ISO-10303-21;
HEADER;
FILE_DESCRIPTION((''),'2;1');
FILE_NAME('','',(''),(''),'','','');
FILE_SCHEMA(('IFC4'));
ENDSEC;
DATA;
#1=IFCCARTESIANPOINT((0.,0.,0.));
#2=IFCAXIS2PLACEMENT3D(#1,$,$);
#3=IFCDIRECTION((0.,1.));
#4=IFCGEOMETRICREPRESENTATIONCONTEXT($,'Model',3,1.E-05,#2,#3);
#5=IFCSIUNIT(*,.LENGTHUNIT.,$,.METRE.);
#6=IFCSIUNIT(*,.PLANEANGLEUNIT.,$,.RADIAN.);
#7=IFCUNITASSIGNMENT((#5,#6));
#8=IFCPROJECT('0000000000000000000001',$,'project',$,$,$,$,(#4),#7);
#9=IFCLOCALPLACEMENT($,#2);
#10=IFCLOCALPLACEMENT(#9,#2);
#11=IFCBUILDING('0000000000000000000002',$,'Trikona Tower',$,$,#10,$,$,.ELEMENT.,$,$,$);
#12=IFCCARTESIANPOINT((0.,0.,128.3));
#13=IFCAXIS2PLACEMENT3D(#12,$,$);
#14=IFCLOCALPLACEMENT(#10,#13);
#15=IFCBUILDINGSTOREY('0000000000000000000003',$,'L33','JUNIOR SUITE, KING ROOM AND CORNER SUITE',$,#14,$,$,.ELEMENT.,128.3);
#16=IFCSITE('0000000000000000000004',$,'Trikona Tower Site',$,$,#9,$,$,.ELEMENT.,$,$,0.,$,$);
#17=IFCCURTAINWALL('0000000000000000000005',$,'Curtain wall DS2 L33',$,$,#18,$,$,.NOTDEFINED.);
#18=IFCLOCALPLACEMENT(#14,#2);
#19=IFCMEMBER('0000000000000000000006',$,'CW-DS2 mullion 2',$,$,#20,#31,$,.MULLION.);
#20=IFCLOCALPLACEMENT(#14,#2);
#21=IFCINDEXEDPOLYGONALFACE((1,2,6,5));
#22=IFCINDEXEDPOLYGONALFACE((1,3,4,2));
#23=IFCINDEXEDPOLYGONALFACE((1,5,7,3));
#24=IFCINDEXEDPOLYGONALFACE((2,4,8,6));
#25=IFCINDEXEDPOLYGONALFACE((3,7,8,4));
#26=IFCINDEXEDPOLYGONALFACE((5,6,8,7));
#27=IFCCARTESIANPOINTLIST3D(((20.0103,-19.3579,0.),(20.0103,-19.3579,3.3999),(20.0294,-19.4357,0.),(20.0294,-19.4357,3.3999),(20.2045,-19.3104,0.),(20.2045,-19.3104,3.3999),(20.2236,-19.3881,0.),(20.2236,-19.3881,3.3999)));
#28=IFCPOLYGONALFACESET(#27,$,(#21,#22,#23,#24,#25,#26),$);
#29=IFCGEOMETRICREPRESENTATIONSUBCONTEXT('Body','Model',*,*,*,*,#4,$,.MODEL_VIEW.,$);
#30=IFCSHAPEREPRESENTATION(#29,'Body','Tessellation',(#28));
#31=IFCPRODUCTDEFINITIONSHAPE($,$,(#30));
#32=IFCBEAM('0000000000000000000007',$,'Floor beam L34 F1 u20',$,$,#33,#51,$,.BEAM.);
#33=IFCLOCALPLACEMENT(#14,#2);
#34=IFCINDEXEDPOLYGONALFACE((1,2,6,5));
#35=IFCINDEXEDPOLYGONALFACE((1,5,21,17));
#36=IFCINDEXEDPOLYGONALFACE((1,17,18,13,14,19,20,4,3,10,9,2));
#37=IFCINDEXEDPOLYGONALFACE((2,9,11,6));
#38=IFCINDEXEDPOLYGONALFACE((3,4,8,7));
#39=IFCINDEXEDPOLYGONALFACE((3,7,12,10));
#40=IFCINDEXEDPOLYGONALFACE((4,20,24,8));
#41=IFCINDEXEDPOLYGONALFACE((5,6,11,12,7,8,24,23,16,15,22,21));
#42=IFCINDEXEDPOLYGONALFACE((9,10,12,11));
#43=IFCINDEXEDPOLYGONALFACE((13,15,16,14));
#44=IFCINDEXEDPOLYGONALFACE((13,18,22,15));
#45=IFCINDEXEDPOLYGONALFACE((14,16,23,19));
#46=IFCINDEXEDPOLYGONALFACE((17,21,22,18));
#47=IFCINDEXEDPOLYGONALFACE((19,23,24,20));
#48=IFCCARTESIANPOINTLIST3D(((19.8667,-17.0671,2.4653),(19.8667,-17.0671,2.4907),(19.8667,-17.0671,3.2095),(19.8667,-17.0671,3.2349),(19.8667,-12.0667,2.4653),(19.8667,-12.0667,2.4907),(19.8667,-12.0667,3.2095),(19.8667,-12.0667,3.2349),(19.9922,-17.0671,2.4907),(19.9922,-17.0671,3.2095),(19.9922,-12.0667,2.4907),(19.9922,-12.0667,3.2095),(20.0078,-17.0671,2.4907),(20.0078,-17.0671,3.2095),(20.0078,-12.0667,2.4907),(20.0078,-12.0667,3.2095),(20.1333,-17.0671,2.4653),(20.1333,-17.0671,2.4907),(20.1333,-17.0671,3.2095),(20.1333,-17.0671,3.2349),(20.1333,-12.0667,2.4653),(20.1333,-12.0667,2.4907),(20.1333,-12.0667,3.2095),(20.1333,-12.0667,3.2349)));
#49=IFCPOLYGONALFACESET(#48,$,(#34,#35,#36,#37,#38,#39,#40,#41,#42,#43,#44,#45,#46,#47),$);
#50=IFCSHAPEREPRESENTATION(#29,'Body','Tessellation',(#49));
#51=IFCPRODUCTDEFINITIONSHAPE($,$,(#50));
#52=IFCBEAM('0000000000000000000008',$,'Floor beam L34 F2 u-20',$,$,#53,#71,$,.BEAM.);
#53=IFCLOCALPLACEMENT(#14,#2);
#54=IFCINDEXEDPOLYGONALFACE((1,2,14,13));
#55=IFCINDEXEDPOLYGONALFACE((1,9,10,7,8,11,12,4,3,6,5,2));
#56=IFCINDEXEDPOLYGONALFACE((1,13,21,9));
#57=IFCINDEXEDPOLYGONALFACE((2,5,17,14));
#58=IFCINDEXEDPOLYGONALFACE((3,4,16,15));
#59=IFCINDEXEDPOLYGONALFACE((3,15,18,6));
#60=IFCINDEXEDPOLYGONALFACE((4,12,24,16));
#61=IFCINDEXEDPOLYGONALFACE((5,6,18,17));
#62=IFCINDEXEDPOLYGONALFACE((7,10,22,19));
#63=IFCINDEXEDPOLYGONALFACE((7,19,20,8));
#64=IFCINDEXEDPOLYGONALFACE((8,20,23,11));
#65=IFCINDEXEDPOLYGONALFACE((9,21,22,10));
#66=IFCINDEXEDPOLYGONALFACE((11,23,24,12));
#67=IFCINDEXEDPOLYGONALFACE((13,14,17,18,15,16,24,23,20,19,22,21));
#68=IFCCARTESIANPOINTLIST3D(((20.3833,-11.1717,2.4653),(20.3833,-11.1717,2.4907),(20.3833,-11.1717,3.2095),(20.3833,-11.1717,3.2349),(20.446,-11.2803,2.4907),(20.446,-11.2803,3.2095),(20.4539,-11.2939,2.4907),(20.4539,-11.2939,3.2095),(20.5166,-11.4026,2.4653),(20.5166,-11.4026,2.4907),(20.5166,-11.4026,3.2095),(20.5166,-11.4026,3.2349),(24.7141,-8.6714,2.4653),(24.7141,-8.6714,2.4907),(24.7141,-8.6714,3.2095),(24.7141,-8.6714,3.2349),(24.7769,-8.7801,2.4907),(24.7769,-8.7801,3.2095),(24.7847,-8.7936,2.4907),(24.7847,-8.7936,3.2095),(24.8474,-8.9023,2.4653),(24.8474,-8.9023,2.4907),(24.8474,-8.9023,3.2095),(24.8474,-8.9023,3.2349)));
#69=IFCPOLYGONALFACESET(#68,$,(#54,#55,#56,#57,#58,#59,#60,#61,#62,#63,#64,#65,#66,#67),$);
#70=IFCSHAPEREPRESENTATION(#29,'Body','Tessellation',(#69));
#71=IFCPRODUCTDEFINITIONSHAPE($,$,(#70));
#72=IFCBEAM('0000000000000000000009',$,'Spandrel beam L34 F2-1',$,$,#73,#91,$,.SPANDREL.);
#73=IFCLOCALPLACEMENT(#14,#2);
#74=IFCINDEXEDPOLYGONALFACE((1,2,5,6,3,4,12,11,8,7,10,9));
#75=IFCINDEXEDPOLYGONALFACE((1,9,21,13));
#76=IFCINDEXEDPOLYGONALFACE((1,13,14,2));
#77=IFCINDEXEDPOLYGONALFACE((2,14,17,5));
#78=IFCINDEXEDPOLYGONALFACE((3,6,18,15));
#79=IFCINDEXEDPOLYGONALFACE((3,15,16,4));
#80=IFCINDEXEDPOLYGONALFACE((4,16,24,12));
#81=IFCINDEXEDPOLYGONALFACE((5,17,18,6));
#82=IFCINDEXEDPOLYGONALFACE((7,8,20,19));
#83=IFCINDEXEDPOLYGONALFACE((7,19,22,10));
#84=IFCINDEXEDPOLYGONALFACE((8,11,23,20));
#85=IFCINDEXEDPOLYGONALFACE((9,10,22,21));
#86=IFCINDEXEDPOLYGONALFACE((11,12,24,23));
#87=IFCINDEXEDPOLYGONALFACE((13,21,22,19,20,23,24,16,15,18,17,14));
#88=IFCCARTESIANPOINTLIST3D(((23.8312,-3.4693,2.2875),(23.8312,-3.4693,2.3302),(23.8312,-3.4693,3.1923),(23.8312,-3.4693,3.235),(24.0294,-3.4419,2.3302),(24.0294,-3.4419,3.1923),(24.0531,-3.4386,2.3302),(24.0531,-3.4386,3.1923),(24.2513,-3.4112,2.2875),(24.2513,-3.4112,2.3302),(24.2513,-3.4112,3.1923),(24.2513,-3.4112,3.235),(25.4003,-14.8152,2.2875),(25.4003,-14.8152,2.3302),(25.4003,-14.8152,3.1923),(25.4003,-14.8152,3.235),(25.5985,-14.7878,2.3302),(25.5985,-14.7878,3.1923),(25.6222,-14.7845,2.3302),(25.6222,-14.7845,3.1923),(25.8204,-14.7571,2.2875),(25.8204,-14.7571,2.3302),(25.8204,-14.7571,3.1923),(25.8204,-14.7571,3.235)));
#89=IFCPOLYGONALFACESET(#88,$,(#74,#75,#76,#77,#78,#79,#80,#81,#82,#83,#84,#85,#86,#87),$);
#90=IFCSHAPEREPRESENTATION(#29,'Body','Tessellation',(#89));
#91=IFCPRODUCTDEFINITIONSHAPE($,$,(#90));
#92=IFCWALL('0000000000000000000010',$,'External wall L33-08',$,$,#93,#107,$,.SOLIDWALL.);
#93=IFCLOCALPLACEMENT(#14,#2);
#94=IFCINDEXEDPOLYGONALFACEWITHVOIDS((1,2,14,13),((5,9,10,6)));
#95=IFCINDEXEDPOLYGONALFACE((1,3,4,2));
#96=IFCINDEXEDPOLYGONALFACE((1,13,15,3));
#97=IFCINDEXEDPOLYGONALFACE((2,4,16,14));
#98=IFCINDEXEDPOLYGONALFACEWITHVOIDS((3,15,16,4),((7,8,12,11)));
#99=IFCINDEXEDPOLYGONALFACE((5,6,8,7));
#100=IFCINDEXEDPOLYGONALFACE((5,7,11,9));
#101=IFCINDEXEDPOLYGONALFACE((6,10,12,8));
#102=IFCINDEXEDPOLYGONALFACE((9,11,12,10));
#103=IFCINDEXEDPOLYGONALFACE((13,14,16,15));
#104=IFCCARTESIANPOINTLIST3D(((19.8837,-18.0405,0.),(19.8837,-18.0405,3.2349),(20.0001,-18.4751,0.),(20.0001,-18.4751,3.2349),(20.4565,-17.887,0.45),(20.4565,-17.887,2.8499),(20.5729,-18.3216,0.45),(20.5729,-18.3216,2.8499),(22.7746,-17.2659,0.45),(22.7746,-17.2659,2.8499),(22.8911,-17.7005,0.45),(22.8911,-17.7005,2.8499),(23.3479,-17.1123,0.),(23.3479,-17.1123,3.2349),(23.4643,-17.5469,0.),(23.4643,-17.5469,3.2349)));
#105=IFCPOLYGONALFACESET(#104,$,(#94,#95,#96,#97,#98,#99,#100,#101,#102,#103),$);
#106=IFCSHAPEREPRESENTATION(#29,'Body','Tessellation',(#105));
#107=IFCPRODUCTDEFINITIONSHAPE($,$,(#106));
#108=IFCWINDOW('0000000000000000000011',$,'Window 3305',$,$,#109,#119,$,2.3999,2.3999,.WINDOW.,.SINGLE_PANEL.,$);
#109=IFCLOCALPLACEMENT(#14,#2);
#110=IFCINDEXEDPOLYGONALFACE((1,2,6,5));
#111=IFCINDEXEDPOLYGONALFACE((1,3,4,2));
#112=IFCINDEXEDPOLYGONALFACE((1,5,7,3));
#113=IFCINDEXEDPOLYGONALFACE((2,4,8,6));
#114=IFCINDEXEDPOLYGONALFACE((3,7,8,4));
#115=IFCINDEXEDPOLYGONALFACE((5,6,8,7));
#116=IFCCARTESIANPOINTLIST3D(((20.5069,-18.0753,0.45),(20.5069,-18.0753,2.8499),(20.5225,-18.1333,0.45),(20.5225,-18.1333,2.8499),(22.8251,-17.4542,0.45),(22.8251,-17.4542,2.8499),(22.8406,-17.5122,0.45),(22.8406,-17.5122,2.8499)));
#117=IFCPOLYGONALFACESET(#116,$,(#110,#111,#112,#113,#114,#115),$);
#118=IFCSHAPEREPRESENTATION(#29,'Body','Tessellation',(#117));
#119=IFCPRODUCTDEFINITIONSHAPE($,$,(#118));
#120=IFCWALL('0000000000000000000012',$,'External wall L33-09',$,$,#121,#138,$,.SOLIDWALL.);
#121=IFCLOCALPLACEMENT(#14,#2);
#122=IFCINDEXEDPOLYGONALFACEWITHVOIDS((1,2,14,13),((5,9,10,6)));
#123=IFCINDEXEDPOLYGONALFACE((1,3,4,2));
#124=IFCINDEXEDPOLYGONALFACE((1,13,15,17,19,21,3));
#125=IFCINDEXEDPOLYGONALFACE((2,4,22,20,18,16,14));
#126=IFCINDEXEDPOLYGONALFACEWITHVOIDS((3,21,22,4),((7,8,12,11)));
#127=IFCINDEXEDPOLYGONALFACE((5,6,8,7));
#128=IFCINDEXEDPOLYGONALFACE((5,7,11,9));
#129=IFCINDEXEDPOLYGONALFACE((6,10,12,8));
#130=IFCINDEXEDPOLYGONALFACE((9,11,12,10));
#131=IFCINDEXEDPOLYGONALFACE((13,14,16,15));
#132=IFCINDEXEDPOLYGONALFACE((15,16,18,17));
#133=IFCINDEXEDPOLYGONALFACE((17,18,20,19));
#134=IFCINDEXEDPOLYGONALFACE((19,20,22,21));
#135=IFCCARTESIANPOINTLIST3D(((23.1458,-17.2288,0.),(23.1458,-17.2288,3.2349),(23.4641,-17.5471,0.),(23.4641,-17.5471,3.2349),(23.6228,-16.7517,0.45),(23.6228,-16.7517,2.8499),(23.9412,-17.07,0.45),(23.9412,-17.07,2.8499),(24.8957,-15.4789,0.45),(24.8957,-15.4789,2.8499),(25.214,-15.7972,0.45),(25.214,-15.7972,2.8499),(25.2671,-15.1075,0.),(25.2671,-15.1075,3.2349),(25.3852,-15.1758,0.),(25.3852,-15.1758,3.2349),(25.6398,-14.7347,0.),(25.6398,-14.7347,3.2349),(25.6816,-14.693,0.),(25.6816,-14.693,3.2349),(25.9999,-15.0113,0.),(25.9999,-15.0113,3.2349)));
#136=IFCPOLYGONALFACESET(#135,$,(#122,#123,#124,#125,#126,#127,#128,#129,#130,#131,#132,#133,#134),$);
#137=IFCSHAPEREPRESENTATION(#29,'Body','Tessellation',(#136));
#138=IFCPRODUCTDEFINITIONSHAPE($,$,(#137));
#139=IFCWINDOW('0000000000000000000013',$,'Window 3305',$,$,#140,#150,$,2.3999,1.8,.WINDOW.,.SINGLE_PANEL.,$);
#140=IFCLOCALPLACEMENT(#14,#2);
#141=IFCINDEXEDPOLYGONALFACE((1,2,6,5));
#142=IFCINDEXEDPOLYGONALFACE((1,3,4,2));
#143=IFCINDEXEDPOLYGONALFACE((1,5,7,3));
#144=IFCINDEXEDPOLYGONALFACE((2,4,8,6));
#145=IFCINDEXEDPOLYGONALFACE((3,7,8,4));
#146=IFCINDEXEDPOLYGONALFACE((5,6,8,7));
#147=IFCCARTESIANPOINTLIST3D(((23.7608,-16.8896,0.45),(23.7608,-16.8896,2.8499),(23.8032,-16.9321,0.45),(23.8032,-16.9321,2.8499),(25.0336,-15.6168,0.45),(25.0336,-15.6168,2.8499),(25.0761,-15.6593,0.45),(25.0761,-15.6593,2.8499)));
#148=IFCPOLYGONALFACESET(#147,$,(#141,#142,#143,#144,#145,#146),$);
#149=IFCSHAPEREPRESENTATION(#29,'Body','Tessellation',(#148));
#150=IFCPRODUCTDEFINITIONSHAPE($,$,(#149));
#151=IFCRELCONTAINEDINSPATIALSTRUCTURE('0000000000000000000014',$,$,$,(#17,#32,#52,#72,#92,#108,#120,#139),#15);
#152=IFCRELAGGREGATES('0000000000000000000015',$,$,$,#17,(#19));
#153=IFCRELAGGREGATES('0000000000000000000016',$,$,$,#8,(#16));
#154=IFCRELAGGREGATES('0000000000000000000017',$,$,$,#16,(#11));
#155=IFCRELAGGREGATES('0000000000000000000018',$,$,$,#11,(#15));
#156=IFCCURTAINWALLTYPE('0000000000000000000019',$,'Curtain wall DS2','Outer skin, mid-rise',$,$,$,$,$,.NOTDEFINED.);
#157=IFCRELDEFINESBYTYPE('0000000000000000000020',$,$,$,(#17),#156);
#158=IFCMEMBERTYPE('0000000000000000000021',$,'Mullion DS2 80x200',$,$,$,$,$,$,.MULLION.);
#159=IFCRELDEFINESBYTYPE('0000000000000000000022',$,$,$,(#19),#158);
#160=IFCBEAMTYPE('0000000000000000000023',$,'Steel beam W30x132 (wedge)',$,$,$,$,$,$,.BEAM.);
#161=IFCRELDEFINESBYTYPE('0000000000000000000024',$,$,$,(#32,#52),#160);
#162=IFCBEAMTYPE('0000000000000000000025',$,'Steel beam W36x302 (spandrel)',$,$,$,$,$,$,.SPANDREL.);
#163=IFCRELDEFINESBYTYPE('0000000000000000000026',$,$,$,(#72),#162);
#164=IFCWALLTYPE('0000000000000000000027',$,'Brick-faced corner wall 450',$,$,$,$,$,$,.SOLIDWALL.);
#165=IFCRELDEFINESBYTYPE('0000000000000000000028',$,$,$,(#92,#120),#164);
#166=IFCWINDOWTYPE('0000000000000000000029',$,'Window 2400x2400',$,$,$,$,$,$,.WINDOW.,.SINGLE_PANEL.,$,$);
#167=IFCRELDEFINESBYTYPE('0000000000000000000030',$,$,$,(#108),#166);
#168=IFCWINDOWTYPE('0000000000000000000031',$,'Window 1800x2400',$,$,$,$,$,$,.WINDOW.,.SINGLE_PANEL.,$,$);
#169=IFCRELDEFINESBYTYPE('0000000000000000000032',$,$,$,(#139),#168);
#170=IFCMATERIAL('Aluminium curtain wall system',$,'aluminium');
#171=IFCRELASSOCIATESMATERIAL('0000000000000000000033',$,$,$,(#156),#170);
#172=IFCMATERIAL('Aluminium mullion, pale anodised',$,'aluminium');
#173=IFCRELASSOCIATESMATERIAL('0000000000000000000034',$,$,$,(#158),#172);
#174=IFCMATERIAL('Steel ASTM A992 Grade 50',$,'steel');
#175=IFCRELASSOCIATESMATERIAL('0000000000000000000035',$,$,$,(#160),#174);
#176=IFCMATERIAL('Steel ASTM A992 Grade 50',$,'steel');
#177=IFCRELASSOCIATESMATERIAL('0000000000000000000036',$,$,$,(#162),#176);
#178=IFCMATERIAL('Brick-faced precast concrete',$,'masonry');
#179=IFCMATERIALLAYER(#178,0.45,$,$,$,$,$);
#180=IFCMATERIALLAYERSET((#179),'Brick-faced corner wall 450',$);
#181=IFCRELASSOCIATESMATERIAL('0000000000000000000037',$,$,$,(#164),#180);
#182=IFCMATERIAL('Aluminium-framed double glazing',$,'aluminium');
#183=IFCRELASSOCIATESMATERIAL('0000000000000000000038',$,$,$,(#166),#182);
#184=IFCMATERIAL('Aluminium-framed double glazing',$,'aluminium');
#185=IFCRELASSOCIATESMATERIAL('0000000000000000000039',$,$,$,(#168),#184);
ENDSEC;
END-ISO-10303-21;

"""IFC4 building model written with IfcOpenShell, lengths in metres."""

from ifc_helpers import new_model, si_unit, direction, frame, frame_2d, origin, origin_2d, place, context, subcontext, project, spatial, polyline, rectangle, i_section, outline, extrude, material, layer, layer_set, material_profile, profile_set, type_object, element, fill, aggregate, save


model = new_model("IFC4")

# Units and contexts
model_context = context("Model", 3, precision=1e-05, world=origin(), true_north=direction((0.0, 1.0)))
body_context = subcontext(model_context, "Body", "Model", "MODEL_VIEW")
ifc_project = project(units=[si_unit("LENGTHUNIT", "METRE"), si_unit("PLANEANGLEUNIT", "RADIAN")], contexts=[model_context])

# Site, building, storey
site_placement = place(None, origin())
site = spatial("IfcSite", under=ifc_project, at=site_placement, Name="Trikona Tower Site", CompositionType="ELEMENT", RefElevation=0.0)
building_placement = place(site_placement, origin())
building = spatial("IfcBuilding", under=site, at=building_placement, Name="Trikona Tower", CompositionType="ELEMENT")
storey_placement = place(building_placement, frame((0.0, 0.0, 128.3)))
storey = spatial("IfcBuildingStorey", under=building, at=storey_placement, Name="L33", Description="JUNIOR SUITE, KING ROOM AND CORNER SUITE", CompositionType="ELEMENT", Elevation=128.3)

# Curtain wall, member
ifc_material_1 = material(Name="Aluminium curtain wall system", Category="aluminium")
curtain_wall_type = type_object("IfcCurtainWallType", Name="Curtain wall DS2", Description="Outer skin, mid-rise", PredefinedType="NOTDEFINED", material=ifc_material_1)
curtain_wall_placement = place(storey_placement, origin())
curtain_wall = element("IfcCurtainWall", 1, at=curtain_wall_placement, inside=storey, type_object=curtain_wall_type, Name="Curtain wall DS2 L33", PredefinedType="NOTDEFINED")
ifc_material_2 = material(Name="Aluminium mullion, pale anodised", Category="aluminium")
ifc_material_profile_1 = material_profile(ifc_material_2, rectangle(XDim=0.0801, YDim=0.2, at=origin_2d()), Name="MUL-DS2")
ifc_profile_set_1 = profile_set([ifc_material_profile_1], Name="Aluminium mullion, pale anodised")
member_type = type_object("IfcMemberType", Name="Mullion DS2 80x200", PredefinedType="MULLION", material=ifc_profile_set_1)
member_placement = place(storey_placement, frame((20.1169, -19.373, 0.0), z_axis=(0.0, 0.0, 1.0), x_axis=(-0.23797, 0.971272, 0.0)))
member = element("IfcMember", 2, at=member_placement, type_object=member_type, Name="CW-DS2 mullion 2", PredefinedType="MULLION", context=body_context, shape_type="SweptSolid", body=[
    extrude(rectangle(XDim=0.0801, YDim=0.2, at=origin_2d()), origin(), (0.0, 0.0, 1.0), 3.3999),
])
aggregate(curtain_wall, [member])

# Beams
ifc_material_3 = material(Name="Steel ASTM A992 Grade 50", Category="steel")
ifc_material_profile_2 = material_profile(ifc_material_3, i_section(OverallWidth=0.2666, OverallDepth=0.7695, WebThickness=0.0156, FlangeThickness=0.0254, at=origin_2d()), Name="W30X132")
ifc_profile_set_2 = profile_set([ifc_material_profile_2], Name="Steel ASTM A992 Grade 50")
beam_type_1 = type_object("IfcBeamType", Name="Steel beam W30x132 (wedge)", PredefinedType="BEAM", material=ifc_profile_set_2)
beam_1_placement = place(storey_placement, frame((20.0, -12.0667, 2.8501), z_axis=(0.0, -1.0, 0.0), x_axis=(1.0, 0.0, 0.0)))
element("IfcBeam", 3, at=beam_1_placement, inside=storey, type_object=beam_type_1, Name="Floor beam L34 F1 u20", PredefinedType="BEAM", context=body_context, shape_type="SweptSolid", body=[
    extrude(i_section(OverallWidth=0.2666, OverallDepth=0.7695, WebThickness=0.0156, FlangeThickness=0.0254, at=origin_2d()), origin(), (0.0, 0.0, 1.0), 5.0005),
])
beam_2_placement = place(storey_placement, frame((20.45, -11.2871, 2.8501), z_axis=(0.866038, 0.499977, 0.0), x_axis=(-0.499977, 0.866038, 0.0)))
element("IfcBeam", 4, at=beam_2_placement, inside=storey, type_object=beam_type_1, Name="Floor beam L34 F2 u-20", PredefinedType="BEAM", context=body_context, shape_type="SweptSolid", body=[
    extrude(i_section(OverallWidth=0.2666, OverallDepth=0.7695, WebThickness=0.0156, FlangeThickness=0.0254, at=origin_2d()), origin(), (0.0, 0.0, 1.0), 5.0007),
])
ifc_material_4 = material(Name="Steel ASTM A992 Grade 50", Category="steel")
ifc_material_profile_3 = material_profile(ifc_material_4, i_section(OverallWidth=0.4241, OverallDepth=0.9475, WebThickness=0.0239, FlangeThickness=0.0427, at=origin_2d()), Name="W36X302")
ifc_profile_set_3 = profile_set([ifc_material_profile_3], Name="Steel ASTM A992 Grade 50")
beam_type_2 = type_object("IfcBeamType", Name="Steel beam W36x302 (spandrel)", PredefinedType="SPANDREL", material=ifc_profile_set_3)
beam_3_placement = place(storey_placement, frame((25.6104, -14.7861, 2.7612), z_axis=(-0.136992, 0.990572, 0.0), x_axis=(-0.990572, -0.136992, 0.0)))
element("IfcBeam", 5, at=beam_3_placement, inside=storey, type_object=beam_type_2, Name="Spandrel beam L34 F2-1", PredefinedType="SPANDREL", context=body_context, shape_type="SweptSolid", body=[
    extrude(i_section(OverallWidth=0.4241, OverallDepth=0.9475, WebThickness=0.0239, FlangeThickness=0.0427, at=origin_2d()), origin(), (0.0, 0.0, 1.0), 11.4539),
])

# Walls, openings, windows
ifc_material_5 = material(Name="Brick-faced precast concrete", Category="masonry")
ifc_layer_1 = layer(ifc_material_5, 0.45)
ifc_layer_set_1 = layer_set([ifc_layer_1], Name="Brick-faced corner wall 450")
wall_type_1 = type_object("IfcWallType", Name="Brick-faced corner wall 450", PredefinedType="SOLIDWALL", material=ifc_layer_set_1)
wall_1_placement = place(storey_placement, frame((19.9419, -18.2578, 0.0), z_axis=(0.0, 0.0, 1.0), x_axis=(0.965925, 0.258823, 0.0)))
wall_1 = element("IfcWall", 6, at=wall_1_placement, inside=storey, type_object=wall_type_1, Name="External wall L33-08", PredefinedType="SOLIDWALL", context=body_context, shape_type="SweptSolid", body=[
    extrude(rectangle(XDim=3.5864, YDim=0.45, at=frame_2d((1.7932, 0.0))), origin(), (0.0, 0.0, 1.0), 3.2349),
])
opening_1_placement = place(wall_1_placement, frame((0.593, 0.0, 0.45)))
opening_1 = element("IfcOpeningElement", 7, at=opening_1_placement, cuts=wall_1, PredefinedType="OPENING", context=body_context, shape_type="SweptSolid", body=[
    extrude(rectangle(XDim=2.3999, YDim=2.3999, at=frame_2d((1.2, 1.2))), frame((0.0, 0.2349, 0.0), z_axis=(0.0, -1.0, 0.0), x_axis=(1.0, 0.0, 0.0)), (0.0, 0.0, 1.0), 0.47),
])
ifc_material_6 = material(Name="Aluminium-framed double glazing", Category="aluminium")
window_type_1 = type_object("IfcWindowType", Name="Window 2400x2400", PartitioningType="SINGLE_PANEL", PredefinedType="WINDOW", material=ifc_material_6)
window_1_placement = place(opening_1_placement, origin())
window_1 = element("IfcWindow", 8, at=window_1_placement, inside=storey, type_object=window_type_1, Name="Window 3305", OverallHeight=2.3999, OverallWidth=2.3999, PartitioningType="SINGLE_PANEL", PredefinedType="WINDOW", context=body_context, shape_type="SweptSolid", body=[
    extrude(rectangle(XDim=2.3999, YDim=2.3999, at=frame_2d((1.2, 1.2))), frame((0.0, 0.03, 0.0), z_axis=(0.0, -1.0, 0.0), x_axis=(1.0, 0.0, 0.0)), (0.0, 0.0, 1.0), 0.0601),
])
fill(opening_1, window_1)
wall_2_placement = place(storey_placement, frame((23.3049, -17.3879, 0.0), z_axis=(0.0, 0.0, 1.0), x_axis=(0.707107, 0.707107, 0.0)))
wall_2 = element("IfcWall", 9, at=wall_2_placement, inside=storey, type_object=wall_type_1, Name="External wall L33-09", PredefinedType="SOLIDWALL", context=body_context, shape_type="SweptSolid", body=[
    extrude(outline(polyline([(3.5862, 0.2251), (3.5271, 0.2251), (3.0352, 0.0933), (3.0, 0.2251), (0.0, 0.2251), (0.0, -0.2251), (3.5862, -0.2251), (3.5862, 0.2251)])), origin(), (0.0, 0.0, 1.0), 3.2349),
])
opening_2_placement = place(wall_2_placement, frame((0.6748, 0.0, 0.45)))
opening_2 = element("IfcOpeningElement", 10, at=opening_2_placement, cuts=wall_2, PredefinedType="OPENING", context=body_context, shape_type="SweptSolid", body=[
    extrude(rectangle(XDim=1.8, YDim=2.3999, at=frame_2d((0.8999, 1.2))), frame((0.0, 0.2349, 0.0), z_axis=(0.0, -1.0, 0.0), x_axis=(1.0, 0.0, 0.0)), (0.0, 0.0, 1.0), 0.47),
])
ifc_material_7 = material(Name="Aluminium-framed double glazing", Category="aluminium")
window_type_2 = type_object("IfcWindowType", Name="Window 1800x2400", PartitioningType="SINGLE_PANEL", PredefinedType="WINDOW", material=ifc_material_7)
window_2_placement = place(opening_2_placement, origin())
window_2 = element("IfcWindow", 11, at=window_2_placement, inside=storey, type_object=window_type_2, Name="Window 3305", OverallHeight=2.3999, OverallWidth=1.8, PartitioningType="SINGLE_PANEL", PredefinedType="WINDOW", context=body_context, shape_type="SweptSolid", body=[
    extrude(rectangle(XDim=1.8, YDim=2.3999, at=frame_2d((0.8999, 1.2))), frame((0.0, 0.03, 0.0), z_axis=(0.0, -1.0, 0.0), x_axis=(1.0, 0.0, 0.0)), (0.0, 0.0, 1.0), 0.0601),
])
fill(opening_2, window_2)

save(model, "model.ifc")
